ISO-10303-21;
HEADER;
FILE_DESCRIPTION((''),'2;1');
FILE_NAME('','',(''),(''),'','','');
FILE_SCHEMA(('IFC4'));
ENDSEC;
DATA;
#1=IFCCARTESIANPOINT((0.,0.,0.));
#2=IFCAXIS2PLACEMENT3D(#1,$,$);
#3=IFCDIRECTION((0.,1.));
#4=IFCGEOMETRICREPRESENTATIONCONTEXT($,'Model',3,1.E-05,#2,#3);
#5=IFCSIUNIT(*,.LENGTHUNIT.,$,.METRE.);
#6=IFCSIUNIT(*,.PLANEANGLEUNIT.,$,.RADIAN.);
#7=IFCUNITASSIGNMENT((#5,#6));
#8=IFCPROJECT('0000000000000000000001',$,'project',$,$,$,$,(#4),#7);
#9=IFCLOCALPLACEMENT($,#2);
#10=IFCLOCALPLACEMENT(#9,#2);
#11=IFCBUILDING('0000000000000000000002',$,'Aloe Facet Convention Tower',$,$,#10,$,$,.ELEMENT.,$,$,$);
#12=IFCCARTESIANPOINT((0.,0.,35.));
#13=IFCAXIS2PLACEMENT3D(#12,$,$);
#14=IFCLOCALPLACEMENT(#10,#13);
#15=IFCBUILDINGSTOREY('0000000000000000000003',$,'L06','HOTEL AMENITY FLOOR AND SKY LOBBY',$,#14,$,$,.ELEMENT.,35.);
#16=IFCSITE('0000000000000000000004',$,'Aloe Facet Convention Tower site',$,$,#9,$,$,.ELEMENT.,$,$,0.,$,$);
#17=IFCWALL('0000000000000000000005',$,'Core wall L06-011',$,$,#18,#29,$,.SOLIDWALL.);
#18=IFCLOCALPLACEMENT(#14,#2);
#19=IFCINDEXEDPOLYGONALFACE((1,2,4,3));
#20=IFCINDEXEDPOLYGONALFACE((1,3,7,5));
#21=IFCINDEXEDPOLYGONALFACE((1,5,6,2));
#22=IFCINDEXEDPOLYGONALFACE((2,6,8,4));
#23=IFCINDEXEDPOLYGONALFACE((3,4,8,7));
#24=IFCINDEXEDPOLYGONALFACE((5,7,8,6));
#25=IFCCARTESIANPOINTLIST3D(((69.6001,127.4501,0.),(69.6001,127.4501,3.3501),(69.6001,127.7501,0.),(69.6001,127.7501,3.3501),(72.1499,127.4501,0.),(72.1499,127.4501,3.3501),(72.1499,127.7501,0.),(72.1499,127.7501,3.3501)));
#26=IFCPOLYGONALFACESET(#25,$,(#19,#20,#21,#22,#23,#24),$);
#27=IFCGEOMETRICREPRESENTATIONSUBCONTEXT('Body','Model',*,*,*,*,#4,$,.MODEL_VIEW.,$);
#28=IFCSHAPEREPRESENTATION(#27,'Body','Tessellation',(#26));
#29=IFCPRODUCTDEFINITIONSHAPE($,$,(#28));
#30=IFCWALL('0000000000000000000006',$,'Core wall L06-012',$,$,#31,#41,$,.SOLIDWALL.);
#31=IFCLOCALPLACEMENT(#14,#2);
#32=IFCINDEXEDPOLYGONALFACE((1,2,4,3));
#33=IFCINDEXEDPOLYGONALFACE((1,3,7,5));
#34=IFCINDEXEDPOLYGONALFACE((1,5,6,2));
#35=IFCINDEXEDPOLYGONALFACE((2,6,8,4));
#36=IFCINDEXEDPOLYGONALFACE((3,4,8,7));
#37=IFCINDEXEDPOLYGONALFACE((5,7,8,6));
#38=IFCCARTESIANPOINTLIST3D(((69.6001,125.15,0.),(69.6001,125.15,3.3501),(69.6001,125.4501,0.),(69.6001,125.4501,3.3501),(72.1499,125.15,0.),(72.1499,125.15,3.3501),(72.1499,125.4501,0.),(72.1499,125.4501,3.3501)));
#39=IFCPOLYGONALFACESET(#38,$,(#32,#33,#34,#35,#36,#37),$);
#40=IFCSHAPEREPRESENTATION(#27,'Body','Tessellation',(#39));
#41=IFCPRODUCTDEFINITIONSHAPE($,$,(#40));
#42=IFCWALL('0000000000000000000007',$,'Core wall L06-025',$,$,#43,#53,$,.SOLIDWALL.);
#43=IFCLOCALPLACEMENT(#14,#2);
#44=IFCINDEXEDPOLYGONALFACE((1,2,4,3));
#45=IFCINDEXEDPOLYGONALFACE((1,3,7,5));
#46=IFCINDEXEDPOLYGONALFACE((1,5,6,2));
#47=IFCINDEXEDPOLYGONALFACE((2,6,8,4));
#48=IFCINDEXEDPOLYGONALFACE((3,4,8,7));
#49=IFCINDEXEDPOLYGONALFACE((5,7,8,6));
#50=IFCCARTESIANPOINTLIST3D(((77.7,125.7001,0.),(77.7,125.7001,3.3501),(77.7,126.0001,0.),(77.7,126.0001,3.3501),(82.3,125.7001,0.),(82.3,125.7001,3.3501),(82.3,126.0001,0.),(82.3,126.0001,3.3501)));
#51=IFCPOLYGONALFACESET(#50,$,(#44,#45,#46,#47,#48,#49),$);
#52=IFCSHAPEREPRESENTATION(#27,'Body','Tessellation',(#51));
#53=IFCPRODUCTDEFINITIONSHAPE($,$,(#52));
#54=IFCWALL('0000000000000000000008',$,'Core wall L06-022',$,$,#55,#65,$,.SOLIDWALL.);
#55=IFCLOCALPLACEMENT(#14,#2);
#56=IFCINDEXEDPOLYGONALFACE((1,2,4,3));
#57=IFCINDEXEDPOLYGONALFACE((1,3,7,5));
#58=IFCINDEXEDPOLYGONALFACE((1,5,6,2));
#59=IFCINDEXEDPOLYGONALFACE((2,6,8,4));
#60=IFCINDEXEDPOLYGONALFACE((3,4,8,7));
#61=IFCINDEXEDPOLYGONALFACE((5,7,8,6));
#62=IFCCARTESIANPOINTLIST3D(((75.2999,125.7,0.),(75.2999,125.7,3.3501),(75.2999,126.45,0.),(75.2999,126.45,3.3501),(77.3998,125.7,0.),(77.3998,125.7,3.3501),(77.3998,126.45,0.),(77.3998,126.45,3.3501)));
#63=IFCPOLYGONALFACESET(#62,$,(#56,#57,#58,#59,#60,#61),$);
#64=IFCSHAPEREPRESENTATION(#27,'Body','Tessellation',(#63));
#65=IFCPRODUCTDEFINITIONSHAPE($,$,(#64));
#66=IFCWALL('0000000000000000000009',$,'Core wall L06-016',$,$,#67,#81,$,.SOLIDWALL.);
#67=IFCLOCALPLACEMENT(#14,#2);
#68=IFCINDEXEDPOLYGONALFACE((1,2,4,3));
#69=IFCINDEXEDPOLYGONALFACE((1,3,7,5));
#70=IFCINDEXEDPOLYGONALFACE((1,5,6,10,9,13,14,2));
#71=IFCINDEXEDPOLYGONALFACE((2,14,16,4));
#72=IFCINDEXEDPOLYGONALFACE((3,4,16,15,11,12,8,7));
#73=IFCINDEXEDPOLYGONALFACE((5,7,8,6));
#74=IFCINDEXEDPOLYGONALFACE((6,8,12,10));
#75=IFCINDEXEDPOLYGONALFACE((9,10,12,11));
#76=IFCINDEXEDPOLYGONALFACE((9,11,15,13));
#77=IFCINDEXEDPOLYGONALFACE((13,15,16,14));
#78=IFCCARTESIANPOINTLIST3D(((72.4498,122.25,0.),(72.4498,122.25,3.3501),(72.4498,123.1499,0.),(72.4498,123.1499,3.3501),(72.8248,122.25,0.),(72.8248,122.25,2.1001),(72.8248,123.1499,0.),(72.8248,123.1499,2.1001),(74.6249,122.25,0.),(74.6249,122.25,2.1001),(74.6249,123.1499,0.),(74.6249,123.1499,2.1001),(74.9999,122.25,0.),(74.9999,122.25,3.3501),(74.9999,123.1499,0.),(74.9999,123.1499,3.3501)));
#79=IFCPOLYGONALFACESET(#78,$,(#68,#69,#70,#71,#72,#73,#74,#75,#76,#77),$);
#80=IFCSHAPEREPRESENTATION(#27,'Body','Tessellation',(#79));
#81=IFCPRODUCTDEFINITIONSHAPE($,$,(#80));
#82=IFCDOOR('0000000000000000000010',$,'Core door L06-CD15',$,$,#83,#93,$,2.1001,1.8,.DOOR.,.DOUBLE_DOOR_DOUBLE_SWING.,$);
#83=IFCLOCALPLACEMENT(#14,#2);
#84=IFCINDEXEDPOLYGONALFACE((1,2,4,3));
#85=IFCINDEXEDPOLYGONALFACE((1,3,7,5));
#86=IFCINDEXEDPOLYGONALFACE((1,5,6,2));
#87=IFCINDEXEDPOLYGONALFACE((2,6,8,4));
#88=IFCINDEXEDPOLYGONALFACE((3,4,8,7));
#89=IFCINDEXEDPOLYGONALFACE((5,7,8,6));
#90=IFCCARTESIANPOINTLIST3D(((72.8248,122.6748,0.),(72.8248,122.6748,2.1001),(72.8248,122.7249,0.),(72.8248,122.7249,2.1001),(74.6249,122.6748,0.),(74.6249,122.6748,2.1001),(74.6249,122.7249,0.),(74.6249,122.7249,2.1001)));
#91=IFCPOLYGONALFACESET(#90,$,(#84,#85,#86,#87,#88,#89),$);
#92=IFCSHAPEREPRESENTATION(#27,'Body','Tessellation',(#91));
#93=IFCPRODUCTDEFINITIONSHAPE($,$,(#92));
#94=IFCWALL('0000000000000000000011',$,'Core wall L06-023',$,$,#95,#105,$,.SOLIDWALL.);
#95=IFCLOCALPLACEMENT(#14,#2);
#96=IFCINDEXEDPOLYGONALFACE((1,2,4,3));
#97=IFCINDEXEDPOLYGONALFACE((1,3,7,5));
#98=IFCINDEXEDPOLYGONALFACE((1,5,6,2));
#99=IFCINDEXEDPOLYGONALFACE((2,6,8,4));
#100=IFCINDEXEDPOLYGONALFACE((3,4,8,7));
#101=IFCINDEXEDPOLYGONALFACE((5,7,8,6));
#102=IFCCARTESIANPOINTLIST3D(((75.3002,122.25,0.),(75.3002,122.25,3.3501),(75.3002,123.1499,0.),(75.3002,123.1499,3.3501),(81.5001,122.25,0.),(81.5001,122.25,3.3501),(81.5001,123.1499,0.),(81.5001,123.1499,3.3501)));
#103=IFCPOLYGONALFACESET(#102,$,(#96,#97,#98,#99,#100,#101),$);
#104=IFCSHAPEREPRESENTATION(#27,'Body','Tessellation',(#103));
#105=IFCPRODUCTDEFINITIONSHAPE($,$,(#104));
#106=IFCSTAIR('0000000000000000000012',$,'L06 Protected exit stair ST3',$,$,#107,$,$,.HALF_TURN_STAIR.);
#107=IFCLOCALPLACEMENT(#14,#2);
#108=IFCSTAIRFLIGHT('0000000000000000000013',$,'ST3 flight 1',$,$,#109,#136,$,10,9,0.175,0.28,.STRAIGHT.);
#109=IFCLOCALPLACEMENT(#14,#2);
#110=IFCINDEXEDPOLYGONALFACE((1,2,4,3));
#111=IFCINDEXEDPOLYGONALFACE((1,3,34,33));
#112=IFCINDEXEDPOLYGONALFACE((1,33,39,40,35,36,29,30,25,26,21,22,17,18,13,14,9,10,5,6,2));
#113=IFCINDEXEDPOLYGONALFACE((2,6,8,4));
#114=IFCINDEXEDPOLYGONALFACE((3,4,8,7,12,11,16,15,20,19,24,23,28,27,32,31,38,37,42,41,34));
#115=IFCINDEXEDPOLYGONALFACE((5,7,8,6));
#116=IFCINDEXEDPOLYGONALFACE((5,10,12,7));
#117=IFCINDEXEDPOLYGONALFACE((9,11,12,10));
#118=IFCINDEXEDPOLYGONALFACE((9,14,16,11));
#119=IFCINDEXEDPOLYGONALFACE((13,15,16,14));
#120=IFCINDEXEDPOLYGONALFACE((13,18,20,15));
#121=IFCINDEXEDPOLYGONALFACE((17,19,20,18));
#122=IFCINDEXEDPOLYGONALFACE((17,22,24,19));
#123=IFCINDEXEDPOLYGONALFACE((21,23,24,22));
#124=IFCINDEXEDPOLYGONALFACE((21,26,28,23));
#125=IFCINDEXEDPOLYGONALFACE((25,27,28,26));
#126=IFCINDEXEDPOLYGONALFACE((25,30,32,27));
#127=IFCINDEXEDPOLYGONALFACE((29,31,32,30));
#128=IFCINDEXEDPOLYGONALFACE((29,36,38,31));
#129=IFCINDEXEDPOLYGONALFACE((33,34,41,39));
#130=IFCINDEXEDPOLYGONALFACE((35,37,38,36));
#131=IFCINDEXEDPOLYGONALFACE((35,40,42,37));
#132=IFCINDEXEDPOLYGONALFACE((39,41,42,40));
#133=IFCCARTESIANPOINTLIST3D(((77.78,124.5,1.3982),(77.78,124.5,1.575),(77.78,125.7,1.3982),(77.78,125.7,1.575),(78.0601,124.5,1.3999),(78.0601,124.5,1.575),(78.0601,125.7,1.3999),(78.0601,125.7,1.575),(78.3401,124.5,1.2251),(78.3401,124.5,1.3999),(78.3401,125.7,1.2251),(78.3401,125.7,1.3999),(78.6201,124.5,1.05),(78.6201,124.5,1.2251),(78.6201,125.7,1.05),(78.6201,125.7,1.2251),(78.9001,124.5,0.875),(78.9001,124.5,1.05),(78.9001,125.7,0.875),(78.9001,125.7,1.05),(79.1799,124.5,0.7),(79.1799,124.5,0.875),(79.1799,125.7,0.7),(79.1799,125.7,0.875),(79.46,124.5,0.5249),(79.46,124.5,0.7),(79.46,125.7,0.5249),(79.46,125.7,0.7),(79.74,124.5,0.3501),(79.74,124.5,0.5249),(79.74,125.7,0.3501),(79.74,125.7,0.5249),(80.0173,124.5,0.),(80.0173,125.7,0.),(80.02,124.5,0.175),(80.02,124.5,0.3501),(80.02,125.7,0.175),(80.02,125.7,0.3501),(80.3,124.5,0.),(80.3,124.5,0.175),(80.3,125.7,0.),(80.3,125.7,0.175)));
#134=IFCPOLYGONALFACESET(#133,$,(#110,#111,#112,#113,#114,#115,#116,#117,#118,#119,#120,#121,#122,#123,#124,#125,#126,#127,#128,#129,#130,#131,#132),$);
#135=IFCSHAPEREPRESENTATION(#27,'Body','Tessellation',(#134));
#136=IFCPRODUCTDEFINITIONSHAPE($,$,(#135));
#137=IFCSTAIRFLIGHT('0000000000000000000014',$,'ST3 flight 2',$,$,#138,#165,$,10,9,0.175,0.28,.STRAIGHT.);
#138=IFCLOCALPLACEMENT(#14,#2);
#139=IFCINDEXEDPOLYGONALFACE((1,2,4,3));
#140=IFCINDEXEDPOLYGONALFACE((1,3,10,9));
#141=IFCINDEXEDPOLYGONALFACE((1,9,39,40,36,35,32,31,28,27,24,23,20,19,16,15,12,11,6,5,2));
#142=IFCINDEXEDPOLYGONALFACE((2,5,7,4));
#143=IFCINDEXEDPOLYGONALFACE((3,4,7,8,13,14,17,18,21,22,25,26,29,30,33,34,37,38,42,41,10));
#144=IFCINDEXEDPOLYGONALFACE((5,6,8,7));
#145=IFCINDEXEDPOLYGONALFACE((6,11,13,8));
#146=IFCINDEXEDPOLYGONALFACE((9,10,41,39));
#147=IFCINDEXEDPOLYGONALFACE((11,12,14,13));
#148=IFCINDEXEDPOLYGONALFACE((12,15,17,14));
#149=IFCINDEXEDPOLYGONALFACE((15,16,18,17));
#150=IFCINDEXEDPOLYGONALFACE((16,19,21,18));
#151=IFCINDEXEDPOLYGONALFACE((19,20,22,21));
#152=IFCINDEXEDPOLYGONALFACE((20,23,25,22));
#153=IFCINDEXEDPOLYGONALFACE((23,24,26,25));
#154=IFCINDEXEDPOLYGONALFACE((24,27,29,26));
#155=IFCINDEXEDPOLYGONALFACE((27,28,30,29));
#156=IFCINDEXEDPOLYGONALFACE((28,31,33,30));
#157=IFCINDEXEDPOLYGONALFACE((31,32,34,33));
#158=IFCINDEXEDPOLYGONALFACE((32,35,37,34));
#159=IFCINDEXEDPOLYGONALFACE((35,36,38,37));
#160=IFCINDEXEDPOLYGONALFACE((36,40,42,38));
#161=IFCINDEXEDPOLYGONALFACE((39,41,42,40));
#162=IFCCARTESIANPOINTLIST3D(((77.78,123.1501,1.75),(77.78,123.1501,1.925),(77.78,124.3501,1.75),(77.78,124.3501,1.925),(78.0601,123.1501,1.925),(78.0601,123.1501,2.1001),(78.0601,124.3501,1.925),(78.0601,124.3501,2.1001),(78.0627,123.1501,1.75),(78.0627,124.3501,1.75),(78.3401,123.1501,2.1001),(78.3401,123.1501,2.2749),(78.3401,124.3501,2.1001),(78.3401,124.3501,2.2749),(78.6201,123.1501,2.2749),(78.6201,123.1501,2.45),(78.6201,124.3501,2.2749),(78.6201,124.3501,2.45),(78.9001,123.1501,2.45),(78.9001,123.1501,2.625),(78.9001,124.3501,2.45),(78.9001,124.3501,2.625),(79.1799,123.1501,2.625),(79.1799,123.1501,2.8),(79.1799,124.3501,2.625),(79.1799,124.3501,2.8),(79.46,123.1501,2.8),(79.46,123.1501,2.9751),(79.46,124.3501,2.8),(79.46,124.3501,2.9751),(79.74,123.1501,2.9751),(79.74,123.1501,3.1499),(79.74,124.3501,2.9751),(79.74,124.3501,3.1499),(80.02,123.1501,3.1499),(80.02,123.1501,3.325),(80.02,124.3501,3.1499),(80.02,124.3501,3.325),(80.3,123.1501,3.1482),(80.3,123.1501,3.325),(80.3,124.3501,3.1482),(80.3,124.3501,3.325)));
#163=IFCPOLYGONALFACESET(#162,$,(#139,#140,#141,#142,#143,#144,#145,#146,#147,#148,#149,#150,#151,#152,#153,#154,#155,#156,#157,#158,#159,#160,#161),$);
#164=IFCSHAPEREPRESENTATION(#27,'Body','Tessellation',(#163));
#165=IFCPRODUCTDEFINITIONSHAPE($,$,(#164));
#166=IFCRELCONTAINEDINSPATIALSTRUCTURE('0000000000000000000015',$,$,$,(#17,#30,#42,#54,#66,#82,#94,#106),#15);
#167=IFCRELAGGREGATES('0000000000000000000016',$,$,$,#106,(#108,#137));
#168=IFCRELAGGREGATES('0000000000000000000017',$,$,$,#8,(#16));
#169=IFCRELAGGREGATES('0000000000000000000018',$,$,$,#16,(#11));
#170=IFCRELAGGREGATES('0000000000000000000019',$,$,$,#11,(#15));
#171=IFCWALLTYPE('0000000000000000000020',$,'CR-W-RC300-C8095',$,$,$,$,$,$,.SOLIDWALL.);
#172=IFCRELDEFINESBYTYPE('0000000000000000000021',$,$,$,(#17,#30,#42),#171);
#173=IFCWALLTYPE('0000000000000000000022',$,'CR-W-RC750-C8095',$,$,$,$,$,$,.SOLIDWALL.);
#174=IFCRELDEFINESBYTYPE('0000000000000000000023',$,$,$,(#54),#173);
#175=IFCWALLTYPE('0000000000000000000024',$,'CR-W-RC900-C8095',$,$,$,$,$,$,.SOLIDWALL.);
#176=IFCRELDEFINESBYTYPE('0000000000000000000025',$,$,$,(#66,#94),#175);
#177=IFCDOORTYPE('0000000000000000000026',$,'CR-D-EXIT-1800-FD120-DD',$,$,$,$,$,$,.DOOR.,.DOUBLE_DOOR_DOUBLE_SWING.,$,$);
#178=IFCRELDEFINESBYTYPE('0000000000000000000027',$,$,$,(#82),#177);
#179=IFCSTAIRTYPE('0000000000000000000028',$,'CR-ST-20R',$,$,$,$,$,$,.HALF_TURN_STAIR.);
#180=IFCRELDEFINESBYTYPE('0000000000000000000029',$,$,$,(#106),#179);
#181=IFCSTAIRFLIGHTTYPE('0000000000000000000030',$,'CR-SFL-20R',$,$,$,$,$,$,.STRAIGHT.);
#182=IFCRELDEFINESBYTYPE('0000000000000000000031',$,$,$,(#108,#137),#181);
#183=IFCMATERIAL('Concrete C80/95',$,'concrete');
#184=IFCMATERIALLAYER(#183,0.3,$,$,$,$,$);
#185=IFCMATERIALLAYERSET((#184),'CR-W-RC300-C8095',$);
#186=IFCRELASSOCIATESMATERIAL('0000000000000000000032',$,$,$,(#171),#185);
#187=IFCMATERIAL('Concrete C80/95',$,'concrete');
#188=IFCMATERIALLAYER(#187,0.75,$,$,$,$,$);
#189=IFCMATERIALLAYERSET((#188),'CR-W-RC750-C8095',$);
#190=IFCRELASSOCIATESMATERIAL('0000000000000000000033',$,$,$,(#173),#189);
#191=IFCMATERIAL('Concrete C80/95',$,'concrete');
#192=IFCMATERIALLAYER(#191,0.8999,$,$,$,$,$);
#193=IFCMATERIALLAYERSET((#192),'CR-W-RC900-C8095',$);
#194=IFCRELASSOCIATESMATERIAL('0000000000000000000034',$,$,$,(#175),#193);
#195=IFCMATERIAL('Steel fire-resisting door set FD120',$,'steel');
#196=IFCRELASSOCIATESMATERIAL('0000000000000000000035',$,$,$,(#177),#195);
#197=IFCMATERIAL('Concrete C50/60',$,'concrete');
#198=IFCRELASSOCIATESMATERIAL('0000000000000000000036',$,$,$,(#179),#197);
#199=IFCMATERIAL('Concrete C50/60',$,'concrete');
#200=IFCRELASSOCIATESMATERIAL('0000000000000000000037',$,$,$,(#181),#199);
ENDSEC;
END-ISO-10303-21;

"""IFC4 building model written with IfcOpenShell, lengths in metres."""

from ifc_helpers import new_model, si_unit, direction, frame, frame_2d, origin, place, context, subcontext, project, spatial, polyline, rectangle, outline, extrude, material, layer, layer_set, type_object, element, fill, aggregate, save


model = new_model("IFC4")

# Units and contexts
model_context = context("Model", 3, precision=1e-05, world=origin(), true_north=direction((0.0, 1.0)))
body_context = subcontext(model_context, "Body", "Model", "MODEL_VIEW")
ifc_project = project(units=[si_unit("LENGTHUNIT", "METRE"), si_unit("PLANEANGLEUNIT", "RADIAN")], contexts=[model_context])

# Site, building, storey
site_placement = place(None, origin())
site = spatial("IfcSite", under=ifc_project, at=site_placement, Name="Aloe Facet Convention Tower site", CompositionType="ELEMENT", RefElevation=0.0)
building_placement = place(site_placement, origin())
building = spatial("IfcBuilding", under=site, at=building_placement, Name="Aloe Facet Convention Tower", CompositionType="ELEMENT")
storey_placement = place(building_placement, frame((0.0, 0.0, 35.0)))
storey = spatial("IfcBuildingStorey", under=building, at=storey_placement, Name="L06", Description="HOTEL AMENITY FLOOR AND SKY LOBBY", CompositionType="ELEMENT", Elevation=35.0)

# Walls
ifc_material_1 = material(Name="Concrete C80/95", Category="concrete")
ifc_layer_1 = layer(ifc_material_1, 0.3)
ifc_layer_set_1 = layer_set([ifc_layer_1], Name="CR-W-RC300-C8095")
wall_type_1 = type_object("IfcWallType", Name="CR-W-RC300-C8095", PredefinedType="SOLIDWALL", material=ifc_layer_set_1)
for number, where, z_axis, x_axis, name in (
    (1, (69.6001, 127.6001, 0.0), (0.0, 0.0, 1.0), (1.0, 0.0, 0.0), "Core wall L06-011"),
    (2, (69.6001, 125.3, 0.0), (0.0, 0.0, 1.0), (1.0, 0.0, 0.0), "Core wall L06-012"),
):
    element("IfcWall", number, at=place(storey_placement, frame(where, z_axis=z_axis, x_axis=x_axis)), inside=storey, type_object=wall_type_1, Name=name, PredefinedType="SOLIDWALL", context=body_context, shape_type="SweptSolid", body=[
        extrude(rectangle(XDim=2.5498, YDim=0.3, at=frame_2d((1.2749, 0.0))), origin(), (0.0, 0.0, 1.0), 3.3501),
    ])
wall_1_placement = place(storey_placement, frame((77.7, 125.8501, 0.0), z_axis=(0.0, 0.0, 1.0), x_axis=(1.0, 0.0, 0.0)))
element("IfcWall", 3, at=wall_1_placement, inside=storey, type_object=wall_type_1, Name="Core wall L06-025", PredefinedType="SOLIDWALL", context=body_context, shape_type="SweptSolid", body=[
    extrude(rectangle(XDim=4.6001, YDim=0.3, at=frame_2d((2.3, 0.0))), origin(), (0.0, 0.0, 1.0), 3.3501),
])
ifc_material_2 = material(Name="Concrete C80/95", Category="concrete")
ifc_layer_2 = layer(ifc_material_2, 0.75)
ifc_layer_set_2 = layer_set([ifc_layer_2], Name="CR-W-RC750-C8095")
wall_type_2 = type_object("IfcWallType", Name="CR-W-RC750-C8095", PredefinedType="SOLIDWALL", material=ifc_layer_set_2)
wall_2_placement = place(storey_placement, frame((75.3, 126.075, 0.0), z_axis=(0.0, 0.0, 1.0), x_axis=(1.0, 0.0, 0.0)))
element("IfcWall", 4, at=wall_2_placement, inside=storey, type_object=wall_type_2, Name="Core wall L06-022", PredefinedType="SOLIDWALL", context=body_context, shape_type="SweptSolid", body=[
    extrude(rectangle(XDim=2.0999, YDim=0.75, at=frame_2d((1.0498, 0.0))), origin(), (0.0, 0.0, 1.0), 3.3501),
])

# Wall, opening, door
ifc_material_3 = material(Name="Concrete C80/95", Category="concrete")
ifc_layer_3 = layer(ifc_material_3, 0.8999)
ifc_layer_set_3 = layer_set([ifc_layer_3], Name="CR-W-RC900-C8095")
wall_type_3 = type_object("IfcWallType", Name="CR-W-RC900-C8095", PredefinedType="SOLIDWALL", material=ifc_layer_set_3)
wall_3_placement = place(storey_placement, frame((72.45, 122.7, 0.0), z_axis=(0.0, 0.0, 1.0), x_axis=(1.0, 0.0, 0.0)))
wall_3 = element("IfcWall", 5, at=wall_3_placement, inside=storey, type_object=wall_type_3, Name="Core wall L06-016", PredefinedType="SOLIDWALL", context=body_context, shape_type="SweptSolid", body=[
    extrude(rectangle(XDim=2.55, YDim=0.8999, at=frame_2d((1.2749, 0.0))), origin(), (0.0, 0.0, 1.0), 3.3501),
])
opening_placement = place(wall_3_placement, frame((0.375, 0.0, 0.0)))
opening = element("IfcOpeningElement", 6, at=opening_placement, cuts=wall_3, PredefinedType="OPENING", context=body_context, shape_type="SweptSolid", body=[
    extrude(rectangle(XDim=1.8, YDim=2.1001, at=frame_2d((0.8999, 1.05))), frame((0.0, 0.46, 0.0), z_axis=(0.0, -1.0, 0.0), x_axis=(1.0, 0.0, 0.0)), (0.0, 0.0, 1.0), 0.9199),
])
ifc_material_4 = material(Name="Steel fire-resisting door set FD120", Category="steel")
door_type = type_object("IfcDoorType", Name="CR-D-EXIT-1800-FD120-DD", OperationType="DOUBLE_DOOR_DOUBLE_SWING", PredefinedType="DOOR", material=ifc_material_4)
door_placement = place(opening_placement, origin())
door = element("IfcDoor", 7, at=door_placement, inside=storey, type_object=door_type, Name="Core door L06-CD15", OperationType="DOUBLE_DOOR_DOUBLE_SWING", OverallHeight=2.1001, OverallWidth=1.8, PredefinedType="DOOR", context=body_context, shape_type="SweptSolid", body=[
    extrude(rectangle(XDim=1.8, YDim=2.1001, at=frame_2d((0.8999, 1.05))), frame((0.0, 0.0249, 0.0), z_axis=(0.0, -1.0, 0.0), x_axis=(1.0, 0.0, 0.0)), (0.0, 0.0, 1.0), 0.05),
])
fill(opening, door)

# Wall
wall_4_placement = place(storey_placement, frame((75.3, 122.7, 0.0), z_axis=(0.0, 0.0, 1.0), x_axis=(1.0, 0.0, 0.0)))
element("IfcWall", 8, at=wall_4_placement, inside=storey, type_object=wall_type_3, Name="Core wall L06-023", PredefinedType="SOLIDWALL", context=body_context, shape_type="SweptSolid", body=[
    extrude(rectangle(XDim=6.2, YDim=0.8999, at=frame_2d((3.1001, 0.0))), origin(), (0.0, 0.0, 1.0), 3.3501),
])

# Stair, stair flights
ifc_material_5 = material(Name="Concrete C50/60", Category="concrete")
stair_type = type_object("IfcStairType", Name="CR-ST-20R", PredefinedType="HALF_TURN_STAIR", material=ifc_material_5)
stair_placement = place(storey_placement, origin())
stair = element("IfcStair", 9, at=stair_placement, inside=storey, type_object=stair_type, Name="L06 Protected exit stair ST3", PredefinedType="HALF_TURN_STAIR")
ifc_material_6 = material(Name="Concrete C50/60", Category="concrete")
stair_flight_type = type_object("IfcStairFlightType", Name="CR-SFL-20R", PredefinedType="STRAIGHT", material=ifc_material_6)
stair_flight_1_placement = place(storey_placement, frame((80.3, 125.1001, 0.0), z_axis=(0.0, 0.0, 1.0), x_axis=(-1.0, 0.0, 0.0)))
stair_flight_1 = element("IfcStairFlight", 10, at=stair_flight_1_placement, type_object=stair_flight_type, Name="ST3 flight 1", NumberOfRisers=10, NumberOfTreads=9, PredefinedType="STRAIGHT", RiserHeight=0.175, TreadLength=0.28, context=body_context, shape_type="SweptSolid", body=[
    extrude(outline(polyline([(0.0, 0.0), (0.0, 0.175), (0.28, 0.175), (0.28, 0.3501), (0.5601, 0.3501), (0.5601, 0.5249), (0.8401, 0.5249), (0.8401, 0.7), (1.1201, 0.7), (1.1201, 0.875), (1.3999, 0.875), (1.3999, 1.05), (1.6799, 1.05), (1.6799, 1.2251), (1.96, 1.2251), (1.96, 1.3999), (2.24, 1.3999), (2.24, 1.575), (2.52, 1.575), (2.52, 1.75), (2.52, 1.3982), (0.2827, 0.0), (0.0, 0.0)])), frame((0.0, 0.6001, 0.0), z_axis=(0.0, -1.0, 0.0), x_axis=(1.0, 0.0, 0.0)), (0.0, 0.0, 1.0), 1.2),
])
stair_flight_2_placement = place(storey_placement, frame((77.78, 123.75, 1.75), z_axis=(0.0, 0.0, 1.0), x_axis=(1.0, 0.0, 0.0)))
stair_flight_2 = element("IfcStairFlight", 11, at=stair_flight_2_placement, type_object=stair_flight_type, Name="ST3 flight 2", NumberOfRisers=10, NumberOfTreads=9, PredefinedType="STRAIGHT", RiserHeight=0.175, TreadLength=0.28, context=body_context, shape_type="SweptSolid", body=[
    extrude(outline(polyline([(0.0, 0.0), (0.0, 0.175), (0.28, 0.175), (0.28, 0.3501), (0.5601, 0.3501), (0.5601, 0.5249), (0.8401, 0.5249), (0.8401, 0.7), (1.1201, 0.7), (1.1201, 0.875), (1.3999, 0.875), (1.3999, 1.05), (1.6799, 1.05), (1.6799, 1.2251), (1.96, 1.2251), (1.96, 1.3999), (2.24, 1.3999), (2.24, 1.575), (2.52, 1.575), (2.52, 1.75), (2.52, 1.3982), (0.2827, 0.0), (0.0, 0.0)])), frame((0.0, 0.6001, 0.0), z_axis=(0.0, -1.0, 0.0), x_axis=(1.0, 0.0, 0.0)), (0.0, 0.0, 1.0), 1.2),
])
aggregate(stair, [stair_flight_1, stair_flight_2])

save(model, "model.ifc")
